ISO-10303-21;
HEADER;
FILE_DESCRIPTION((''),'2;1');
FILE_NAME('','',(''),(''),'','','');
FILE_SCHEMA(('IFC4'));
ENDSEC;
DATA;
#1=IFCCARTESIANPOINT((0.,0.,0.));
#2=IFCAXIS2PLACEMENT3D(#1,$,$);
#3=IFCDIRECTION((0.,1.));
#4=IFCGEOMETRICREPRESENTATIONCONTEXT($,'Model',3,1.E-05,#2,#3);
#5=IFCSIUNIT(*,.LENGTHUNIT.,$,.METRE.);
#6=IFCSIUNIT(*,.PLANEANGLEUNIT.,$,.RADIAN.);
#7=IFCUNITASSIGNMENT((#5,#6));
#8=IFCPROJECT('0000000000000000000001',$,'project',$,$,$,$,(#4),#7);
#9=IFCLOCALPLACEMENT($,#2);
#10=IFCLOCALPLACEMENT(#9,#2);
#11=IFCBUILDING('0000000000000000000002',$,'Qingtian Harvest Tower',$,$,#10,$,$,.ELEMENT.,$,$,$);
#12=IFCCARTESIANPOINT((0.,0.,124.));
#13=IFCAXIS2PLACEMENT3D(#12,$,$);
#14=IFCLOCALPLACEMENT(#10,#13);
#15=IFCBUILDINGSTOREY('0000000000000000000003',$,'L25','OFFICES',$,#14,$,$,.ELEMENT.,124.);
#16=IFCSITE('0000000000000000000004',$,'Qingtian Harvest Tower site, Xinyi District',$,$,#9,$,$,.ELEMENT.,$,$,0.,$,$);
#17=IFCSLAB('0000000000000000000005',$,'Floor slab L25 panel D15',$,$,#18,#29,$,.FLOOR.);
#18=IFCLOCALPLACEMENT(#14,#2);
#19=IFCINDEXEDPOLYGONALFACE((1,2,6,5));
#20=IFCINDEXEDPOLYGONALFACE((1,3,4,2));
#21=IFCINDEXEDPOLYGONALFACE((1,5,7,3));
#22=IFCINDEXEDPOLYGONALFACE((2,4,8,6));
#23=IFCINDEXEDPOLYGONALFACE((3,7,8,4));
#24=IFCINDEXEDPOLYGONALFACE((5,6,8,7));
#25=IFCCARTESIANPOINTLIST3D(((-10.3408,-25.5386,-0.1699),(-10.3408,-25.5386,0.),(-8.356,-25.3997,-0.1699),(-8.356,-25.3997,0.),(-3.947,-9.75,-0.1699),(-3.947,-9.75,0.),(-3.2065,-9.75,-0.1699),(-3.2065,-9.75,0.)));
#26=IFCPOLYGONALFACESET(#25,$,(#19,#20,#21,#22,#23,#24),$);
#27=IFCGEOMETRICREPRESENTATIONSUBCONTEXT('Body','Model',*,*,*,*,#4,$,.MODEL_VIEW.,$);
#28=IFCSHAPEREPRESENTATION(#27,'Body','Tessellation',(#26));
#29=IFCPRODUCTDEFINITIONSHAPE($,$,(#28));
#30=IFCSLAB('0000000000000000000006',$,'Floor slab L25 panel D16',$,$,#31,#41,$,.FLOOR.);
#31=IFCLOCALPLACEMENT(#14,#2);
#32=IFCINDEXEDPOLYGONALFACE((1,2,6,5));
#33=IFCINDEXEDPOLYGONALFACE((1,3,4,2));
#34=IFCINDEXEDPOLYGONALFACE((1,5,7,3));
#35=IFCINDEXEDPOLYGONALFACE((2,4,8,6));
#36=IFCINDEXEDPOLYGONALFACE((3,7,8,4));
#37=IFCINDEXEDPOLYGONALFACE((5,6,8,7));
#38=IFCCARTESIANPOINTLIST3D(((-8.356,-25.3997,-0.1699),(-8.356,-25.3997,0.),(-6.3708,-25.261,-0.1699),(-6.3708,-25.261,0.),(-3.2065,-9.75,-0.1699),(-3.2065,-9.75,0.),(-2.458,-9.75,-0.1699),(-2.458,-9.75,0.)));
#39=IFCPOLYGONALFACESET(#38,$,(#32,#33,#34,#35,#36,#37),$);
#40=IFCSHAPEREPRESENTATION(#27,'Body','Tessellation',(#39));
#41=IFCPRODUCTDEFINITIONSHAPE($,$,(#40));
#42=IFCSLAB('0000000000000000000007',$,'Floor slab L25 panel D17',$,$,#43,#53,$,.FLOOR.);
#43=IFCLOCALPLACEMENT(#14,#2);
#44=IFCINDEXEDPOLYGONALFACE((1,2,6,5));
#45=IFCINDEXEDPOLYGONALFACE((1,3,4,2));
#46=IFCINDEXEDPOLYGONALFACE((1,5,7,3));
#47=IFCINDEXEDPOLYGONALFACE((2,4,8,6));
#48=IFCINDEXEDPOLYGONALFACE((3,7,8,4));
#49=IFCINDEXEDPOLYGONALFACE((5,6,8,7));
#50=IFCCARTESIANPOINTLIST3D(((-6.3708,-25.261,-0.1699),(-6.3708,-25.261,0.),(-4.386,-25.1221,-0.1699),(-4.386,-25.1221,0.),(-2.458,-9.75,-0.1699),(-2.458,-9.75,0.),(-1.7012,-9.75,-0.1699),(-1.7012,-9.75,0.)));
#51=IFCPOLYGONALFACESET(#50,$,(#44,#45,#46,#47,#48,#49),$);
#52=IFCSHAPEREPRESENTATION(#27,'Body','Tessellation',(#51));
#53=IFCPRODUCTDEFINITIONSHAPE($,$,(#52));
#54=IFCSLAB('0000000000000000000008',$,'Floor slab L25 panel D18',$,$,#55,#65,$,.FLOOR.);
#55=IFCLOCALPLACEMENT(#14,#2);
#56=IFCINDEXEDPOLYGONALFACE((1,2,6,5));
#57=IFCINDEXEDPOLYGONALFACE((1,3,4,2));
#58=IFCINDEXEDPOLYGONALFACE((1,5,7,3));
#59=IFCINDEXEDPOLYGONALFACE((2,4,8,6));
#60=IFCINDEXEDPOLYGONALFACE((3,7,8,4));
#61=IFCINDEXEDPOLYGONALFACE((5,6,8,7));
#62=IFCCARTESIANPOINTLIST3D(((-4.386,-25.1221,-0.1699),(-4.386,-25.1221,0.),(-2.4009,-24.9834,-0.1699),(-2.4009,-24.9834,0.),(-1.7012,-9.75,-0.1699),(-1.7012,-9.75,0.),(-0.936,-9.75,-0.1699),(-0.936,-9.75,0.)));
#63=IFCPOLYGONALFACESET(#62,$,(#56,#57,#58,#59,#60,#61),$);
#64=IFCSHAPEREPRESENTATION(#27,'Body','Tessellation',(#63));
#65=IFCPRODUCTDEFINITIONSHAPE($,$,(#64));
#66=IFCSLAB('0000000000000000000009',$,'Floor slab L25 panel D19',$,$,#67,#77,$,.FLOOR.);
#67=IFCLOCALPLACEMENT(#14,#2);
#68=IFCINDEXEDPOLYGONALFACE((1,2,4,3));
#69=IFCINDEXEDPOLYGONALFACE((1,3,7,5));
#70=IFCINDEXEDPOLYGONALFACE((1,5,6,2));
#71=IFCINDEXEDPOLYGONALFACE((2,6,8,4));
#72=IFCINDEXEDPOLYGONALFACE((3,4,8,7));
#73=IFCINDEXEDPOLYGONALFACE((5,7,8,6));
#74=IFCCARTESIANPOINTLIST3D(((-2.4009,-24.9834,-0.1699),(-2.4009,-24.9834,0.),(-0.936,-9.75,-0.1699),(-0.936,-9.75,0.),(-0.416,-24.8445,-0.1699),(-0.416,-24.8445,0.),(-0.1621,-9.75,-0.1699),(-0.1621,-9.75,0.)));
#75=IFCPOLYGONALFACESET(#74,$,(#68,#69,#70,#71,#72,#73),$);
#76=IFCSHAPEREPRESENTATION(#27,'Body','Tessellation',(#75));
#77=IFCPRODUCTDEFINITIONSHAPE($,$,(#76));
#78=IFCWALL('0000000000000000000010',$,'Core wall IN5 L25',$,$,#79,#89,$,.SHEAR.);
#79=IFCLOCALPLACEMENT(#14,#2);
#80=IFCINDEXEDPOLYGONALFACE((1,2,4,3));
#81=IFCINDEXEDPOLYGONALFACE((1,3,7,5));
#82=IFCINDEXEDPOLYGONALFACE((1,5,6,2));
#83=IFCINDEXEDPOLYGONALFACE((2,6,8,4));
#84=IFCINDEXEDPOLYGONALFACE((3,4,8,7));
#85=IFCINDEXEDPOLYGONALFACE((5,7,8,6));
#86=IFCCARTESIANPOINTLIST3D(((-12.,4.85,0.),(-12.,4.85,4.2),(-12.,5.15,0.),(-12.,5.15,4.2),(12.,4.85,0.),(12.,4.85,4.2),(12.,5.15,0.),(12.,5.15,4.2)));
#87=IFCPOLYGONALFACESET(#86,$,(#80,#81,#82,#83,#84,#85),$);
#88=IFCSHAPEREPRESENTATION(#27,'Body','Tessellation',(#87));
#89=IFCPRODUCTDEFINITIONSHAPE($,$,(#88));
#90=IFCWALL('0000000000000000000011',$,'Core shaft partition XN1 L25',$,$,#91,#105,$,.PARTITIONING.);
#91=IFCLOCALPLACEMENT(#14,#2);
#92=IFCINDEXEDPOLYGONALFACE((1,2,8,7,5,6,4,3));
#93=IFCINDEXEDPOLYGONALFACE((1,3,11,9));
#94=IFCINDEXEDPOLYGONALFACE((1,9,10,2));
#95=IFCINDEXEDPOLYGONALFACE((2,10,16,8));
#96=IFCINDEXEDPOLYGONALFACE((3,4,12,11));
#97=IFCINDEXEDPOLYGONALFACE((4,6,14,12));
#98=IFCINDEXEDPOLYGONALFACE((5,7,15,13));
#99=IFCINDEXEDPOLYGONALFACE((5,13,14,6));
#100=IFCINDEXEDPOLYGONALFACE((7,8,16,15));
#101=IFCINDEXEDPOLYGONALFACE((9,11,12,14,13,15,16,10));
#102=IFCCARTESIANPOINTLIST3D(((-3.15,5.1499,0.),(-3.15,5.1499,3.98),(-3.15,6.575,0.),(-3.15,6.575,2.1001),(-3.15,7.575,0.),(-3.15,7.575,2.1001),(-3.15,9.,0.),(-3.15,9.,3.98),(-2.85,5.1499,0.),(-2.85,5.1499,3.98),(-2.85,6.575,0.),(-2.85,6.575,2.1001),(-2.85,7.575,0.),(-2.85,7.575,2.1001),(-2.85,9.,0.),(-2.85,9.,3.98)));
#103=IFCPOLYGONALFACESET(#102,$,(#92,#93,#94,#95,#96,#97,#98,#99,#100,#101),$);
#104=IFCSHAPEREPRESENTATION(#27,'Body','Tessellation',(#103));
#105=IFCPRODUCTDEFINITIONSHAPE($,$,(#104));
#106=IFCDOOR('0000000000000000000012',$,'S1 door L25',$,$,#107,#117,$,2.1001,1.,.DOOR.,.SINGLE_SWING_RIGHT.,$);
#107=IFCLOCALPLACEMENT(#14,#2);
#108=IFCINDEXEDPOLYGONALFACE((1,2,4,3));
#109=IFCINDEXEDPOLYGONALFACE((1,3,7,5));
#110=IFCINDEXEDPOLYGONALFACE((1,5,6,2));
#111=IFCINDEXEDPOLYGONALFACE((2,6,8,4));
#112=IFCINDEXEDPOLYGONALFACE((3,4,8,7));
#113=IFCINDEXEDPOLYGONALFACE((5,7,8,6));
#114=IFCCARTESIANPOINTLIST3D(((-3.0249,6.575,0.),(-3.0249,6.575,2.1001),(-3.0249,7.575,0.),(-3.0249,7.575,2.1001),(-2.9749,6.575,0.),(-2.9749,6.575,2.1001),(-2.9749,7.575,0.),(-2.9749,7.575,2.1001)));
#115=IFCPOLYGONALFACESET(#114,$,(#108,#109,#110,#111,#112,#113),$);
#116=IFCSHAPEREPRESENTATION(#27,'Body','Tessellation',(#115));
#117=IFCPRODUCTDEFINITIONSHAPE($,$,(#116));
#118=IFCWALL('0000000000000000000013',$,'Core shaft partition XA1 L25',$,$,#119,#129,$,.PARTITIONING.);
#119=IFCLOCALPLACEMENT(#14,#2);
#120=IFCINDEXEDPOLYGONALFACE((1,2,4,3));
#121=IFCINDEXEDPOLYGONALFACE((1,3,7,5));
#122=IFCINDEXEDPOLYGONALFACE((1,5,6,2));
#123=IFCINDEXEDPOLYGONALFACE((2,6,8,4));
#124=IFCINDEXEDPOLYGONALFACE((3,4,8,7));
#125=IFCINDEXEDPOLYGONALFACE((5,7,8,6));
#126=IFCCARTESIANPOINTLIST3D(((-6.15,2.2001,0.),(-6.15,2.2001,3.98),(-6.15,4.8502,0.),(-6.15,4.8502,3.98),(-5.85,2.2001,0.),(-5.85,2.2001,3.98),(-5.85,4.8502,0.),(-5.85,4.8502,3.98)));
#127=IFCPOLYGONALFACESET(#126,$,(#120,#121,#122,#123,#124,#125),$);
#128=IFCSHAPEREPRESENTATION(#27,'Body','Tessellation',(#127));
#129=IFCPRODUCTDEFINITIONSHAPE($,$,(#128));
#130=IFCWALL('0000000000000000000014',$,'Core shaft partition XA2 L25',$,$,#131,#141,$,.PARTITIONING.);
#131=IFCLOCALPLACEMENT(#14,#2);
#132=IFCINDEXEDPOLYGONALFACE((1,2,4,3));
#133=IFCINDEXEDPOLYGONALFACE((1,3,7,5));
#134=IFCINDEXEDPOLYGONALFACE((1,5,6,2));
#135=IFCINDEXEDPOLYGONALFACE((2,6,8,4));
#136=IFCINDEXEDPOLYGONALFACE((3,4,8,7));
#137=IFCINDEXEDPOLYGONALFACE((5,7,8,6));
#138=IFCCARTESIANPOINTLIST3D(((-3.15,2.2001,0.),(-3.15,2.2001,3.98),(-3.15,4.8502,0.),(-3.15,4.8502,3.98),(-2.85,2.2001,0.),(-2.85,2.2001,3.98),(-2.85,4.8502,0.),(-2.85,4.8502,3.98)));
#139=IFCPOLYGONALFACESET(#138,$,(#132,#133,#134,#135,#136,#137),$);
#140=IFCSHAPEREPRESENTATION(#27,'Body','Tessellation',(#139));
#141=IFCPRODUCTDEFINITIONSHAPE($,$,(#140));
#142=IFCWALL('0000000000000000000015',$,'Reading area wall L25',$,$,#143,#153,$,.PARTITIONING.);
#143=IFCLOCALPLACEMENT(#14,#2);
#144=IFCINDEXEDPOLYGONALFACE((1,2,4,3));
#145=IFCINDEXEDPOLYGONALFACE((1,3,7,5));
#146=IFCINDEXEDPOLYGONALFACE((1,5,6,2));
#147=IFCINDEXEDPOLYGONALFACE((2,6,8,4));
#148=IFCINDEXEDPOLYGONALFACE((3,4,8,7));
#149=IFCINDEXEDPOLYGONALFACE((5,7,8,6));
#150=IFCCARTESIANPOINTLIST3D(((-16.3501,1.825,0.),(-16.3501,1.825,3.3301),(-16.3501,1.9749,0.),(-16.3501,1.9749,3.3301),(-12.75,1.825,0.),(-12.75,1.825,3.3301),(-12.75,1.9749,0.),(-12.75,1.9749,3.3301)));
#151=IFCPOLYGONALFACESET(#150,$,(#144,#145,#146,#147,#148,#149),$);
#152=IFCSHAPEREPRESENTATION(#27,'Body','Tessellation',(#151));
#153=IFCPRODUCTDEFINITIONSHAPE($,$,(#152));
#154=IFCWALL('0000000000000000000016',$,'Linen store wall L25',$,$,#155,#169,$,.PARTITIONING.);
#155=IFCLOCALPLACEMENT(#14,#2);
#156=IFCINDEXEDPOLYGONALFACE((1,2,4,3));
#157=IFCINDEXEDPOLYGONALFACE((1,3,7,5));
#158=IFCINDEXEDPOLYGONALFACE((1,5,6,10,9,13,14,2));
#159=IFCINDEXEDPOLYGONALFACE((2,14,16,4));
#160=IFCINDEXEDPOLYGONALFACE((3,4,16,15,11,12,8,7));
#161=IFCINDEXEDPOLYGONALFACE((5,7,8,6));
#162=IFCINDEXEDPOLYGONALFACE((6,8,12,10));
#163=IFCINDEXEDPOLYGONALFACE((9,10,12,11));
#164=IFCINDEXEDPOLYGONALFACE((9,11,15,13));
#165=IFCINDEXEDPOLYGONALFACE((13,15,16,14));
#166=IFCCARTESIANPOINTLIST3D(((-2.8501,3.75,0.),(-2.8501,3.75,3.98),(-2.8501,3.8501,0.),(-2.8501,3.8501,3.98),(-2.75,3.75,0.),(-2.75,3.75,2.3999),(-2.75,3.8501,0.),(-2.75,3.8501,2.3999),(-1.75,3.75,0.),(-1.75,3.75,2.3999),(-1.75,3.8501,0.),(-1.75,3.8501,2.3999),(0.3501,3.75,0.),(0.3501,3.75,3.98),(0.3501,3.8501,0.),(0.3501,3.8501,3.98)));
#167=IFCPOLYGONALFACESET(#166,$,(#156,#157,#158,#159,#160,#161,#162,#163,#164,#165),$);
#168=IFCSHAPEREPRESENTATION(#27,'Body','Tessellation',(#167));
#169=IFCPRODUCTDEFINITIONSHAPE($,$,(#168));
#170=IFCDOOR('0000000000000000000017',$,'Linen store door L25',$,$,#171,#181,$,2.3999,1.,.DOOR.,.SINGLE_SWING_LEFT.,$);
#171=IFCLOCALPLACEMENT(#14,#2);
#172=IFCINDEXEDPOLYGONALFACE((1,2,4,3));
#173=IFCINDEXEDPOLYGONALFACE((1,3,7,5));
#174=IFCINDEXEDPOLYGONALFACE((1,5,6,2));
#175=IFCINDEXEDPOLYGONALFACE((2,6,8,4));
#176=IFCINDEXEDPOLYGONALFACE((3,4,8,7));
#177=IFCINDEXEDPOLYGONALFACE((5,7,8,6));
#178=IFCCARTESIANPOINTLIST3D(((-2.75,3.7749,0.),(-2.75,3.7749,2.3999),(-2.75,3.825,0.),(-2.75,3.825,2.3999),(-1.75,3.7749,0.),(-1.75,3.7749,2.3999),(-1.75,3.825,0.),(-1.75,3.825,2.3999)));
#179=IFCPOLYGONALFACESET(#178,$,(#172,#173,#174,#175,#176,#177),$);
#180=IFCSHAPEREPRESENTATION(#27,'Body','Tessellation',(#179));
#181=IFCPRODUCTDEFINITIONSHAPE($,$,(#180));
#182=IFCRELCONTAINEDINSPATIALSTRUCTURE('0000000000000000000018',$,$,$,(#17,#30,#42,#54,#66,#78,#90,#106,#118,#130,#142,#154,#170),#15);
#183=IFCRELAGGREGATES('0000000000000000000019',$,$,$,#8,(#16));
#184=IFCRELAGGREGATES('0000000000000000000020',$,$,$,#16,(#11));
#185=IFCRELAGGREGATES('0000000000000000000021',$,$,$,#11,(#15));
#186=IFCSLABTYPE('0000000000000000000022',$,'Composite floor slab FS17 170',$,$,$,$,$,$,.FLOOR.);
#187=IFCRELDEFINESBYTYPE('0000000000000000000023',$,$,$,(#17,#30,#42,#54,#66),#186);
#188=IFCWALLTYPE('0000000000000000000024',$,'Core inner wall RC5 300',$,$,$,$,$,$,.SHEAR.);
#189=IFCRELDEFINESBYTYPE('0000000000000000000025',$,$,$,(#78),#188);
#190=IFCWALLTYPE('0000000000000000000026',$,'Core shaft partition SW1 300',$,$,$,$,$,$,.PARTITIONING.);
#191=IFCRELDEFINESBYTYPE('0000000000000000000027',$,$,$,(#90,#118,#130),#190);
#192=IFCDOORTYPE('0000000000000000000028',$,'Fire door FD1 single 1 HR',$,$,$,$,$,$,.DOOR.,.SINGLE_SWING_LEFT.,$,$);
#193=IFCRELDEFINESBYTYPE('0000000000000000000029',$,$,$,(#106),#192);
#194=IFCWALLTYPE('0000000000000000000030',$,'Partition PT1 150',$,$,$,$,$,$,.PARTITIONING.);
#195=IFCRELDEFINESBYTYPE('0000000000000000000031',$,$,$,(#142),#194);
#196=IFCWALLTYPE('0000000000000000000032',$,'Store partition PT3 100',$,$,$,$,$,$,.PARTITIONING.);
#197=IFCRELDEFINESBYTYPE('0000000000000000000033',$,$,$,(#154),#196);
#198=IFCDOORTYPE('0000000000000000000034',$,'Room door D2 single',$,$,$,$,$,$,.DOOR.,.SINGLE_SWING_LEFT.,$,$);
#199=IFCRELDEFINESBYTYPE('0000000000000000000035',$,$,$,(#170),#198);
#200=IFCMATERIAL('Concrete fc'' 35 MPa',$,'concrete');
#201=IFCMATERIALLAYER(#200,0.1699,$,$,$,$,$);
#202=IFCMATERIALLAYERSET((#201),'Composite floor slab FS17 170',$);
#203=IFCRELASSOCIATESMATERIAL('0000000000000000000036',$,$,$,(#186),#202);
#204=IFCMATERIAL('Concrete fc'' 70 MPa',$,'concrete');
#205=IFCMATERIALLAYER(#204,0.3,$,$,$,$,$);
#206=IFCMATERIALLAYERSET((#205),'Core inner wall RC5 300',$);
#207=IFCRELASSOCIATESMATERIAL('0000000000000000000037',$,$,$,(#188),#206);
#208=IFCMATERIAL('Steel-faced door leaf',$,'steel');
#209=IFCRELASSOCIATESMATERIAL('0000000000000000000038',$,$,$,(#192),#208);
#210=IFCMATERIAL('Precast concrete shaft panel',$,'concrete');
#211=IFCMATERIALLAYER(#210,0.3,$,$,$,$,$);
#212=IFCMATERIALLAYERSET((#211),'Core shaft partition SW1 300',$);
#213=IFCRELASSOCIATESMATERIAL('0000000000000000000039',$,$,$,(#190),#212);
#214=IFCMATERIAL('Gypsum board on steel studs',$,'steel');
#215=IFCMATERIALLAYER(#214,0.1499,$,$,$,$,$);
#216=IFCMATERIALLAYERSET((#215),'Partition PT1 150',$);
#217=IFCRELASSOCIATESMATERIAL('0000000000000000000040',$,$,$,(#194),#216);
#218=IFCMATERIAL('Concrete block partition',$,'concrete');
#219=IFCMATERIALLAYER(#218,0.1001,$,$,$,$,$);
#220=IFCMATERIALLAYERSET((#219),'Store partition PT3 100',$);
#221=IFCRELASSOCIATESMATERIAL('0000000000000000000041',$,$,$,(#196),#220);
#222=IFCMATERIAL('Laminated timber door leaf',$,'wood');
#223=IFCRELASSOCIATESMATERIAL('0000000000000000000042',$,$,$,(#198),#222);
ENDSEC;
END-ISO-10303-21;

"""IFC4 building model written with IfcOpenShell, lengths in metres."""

from ifc_helpers import new_model, si_unit, direction, frame, frame_2d, origin, place, context, subcontext, project, spatial, polyline, rectangle, outline, extrude, material, layer, layer_set, type_object, element, fill, save


model = new_model("IFC4")

# Units and contexts
model_context = context("Model", 3, precision=1e-05, world=origin(), true_north=direction((0.0, 1.0)))
body_context = subcontext(model_context, "Body", "Model", "MODEL_VIEW")
ifc_project = project(units=[si_unit("LENGTHUNIT", "METRE"), si_unit("PLANEANGLEUNIT", "RADIAN")], contexts=[model_context])

# Site, building, storey
site_placement = place(None, origin())
site = spatial("IfcSite", under=ifc_project, at=site_placement, Name="Qingtian Harvest Tower site, Xinyi District", CompositionType="ELEMENT", RefElevation=0.0)
building_placement = place(site_placement, origin())
building = spatial("IfcBuilding", under=site, at=building_placement, Name="Qingtian Harvest Tower", CompositionType="ELEMENT")
storey_placement = place(building_placement, frame((0.0, 0.0, 124.0)))
storey = spatial("IfcBuildingStorey", under=building, at=storey_placement, Name="L25", Description="OFFICES", CompositionType="ELEMENT", Elevation=124.0)

# Slabs
ifc_material_1 = material(Name="Concrete fc' 35 MPa", Category="concrete")
ifc_layer_1 = layer(ifc_material_1, 0.1699)
ifc_layer_set_1 = layer_set([ifc_layer_1], Name="Composite floor slab FS17 170")
slab_type = type_object("IfcSlabType", Name="Composite floor slab FS17 170", PredefinedType="FLOOR", material=ifc_layer_set_1)
slab_1_placement = place(storey_placement, frame((0.0, 0.0, -0.1699)))
element("IfcSlab", 1, at=slab_1_placement, inside=storey, type_object=slab_type, Name="Floor slab L25 panel D15", PredefinedType="FLOOR", context=body_context, shape_type="SweptSolid", body=[
    extrude(outline(polyline([(-3.2065, -9.75), (-8.356, -25.3997), (-10.3408, -25.5386), (-3.947, -9.75), (-3.2065, -9.75)])), origin(), (0.0, 0.0, 1.0), 0.1699),
])
slab_2_placement = place(storey_placement, frame((0.0, 0.0, -0.1699)))
element("IfcSlab", 2, at=slab_2_placement, inside=storey, type_object=slab_type, Name="Floor slab L25 panel D16", PredefinedType="FLOOR", context=body_context, shape_type="SweptSolid", body=[
    extrude(outline(polyline([(-2.458, -9.75), (-6.3708, -25.261), (-8.356, -25.3997), (-3.2065, -9.75), (-2.458, -9.75)])), origin(), (0.0, 0.0, 1.0), 0.1699),
])
slab_3_placement = place(storey_placement, frame((0.0, 0.0, -0.1699)))
element("IfcSlab", 3, at=slab_3_placement, inside=storey, type_object=slab_type, Name="Floor slab L25 panel D17", PredefinedType="FLOOR", context=body_context, shape_type="SweptSolid", body=[
    extrude(outline(polyline([(-1.7012, -9.75), (-4.386, -25.1221), (-6.3708, -25.261), (-2.458, -9.75), (-1.7012, -9.75)])), origin(), (0.0, 0.0, 1.0), 0.1699),
])
slab_4_placement = place(storey_placement, frame((0.0, 0.0, -0.1699)))
element("IfcSlab", 4, at=slab_4_placement, inside=storey, type_object=slab_type, Name="Floor slab L25 panel D18", PredefinedType="FLOOR", context=body_context, shape_type="SweptSolid", body=[
    extrude(outline(polyline([(-0.936, -9.75), (-2.4009, -24.9834), (-4.386, -25.1221), (-1.7012, -9.75), (-0.936, -9.75)])), origin(), (0.0, 0.0, 1.0), 0.1699),
])
slab_5_placement = place(storey_placement, frame((0.0, 0.0, -0.1699)))
element("IfcSlab", 5, at=slab_5_placement, inside=storey, type_object=slab_type, Name="Floor slab L25 panel D19", PredefinedType="FLOOR", context=body_context, shape_type="SweptSolid", body=[
    extrude(outline(polyline([(-0.1621, -9.75), (-0.416, -24.8445), (-2.4009, -24.9834), (-0.936, -9.75), (-0.1621, -9.75)])), origin(), (0.0, 0.0, 1.0), 0.1699),
])

# Wall
ifc_material_2 = material(Name="Concrete fc' 70 MPa", Category="concrete")
ifc_layer_2 = layer(ifc_material_2, 0.3)
ifc_layer_set_2 = layer_set([ifc_layer_2], Name="Core inner wall RC5 300")
wall_type_1 = type_object("IfcWallType", Name="Core inner wall RC5 300", PredefinedType="SHEAR", material=ifc_layer_set_2)
wall_1_placement = place(storey_placement, frame((-12.0, 5.0, 0.0), z_axis=(0.0, 0.0, 1.0), x_axis=(1.0, 0.0, 0.0)))
element("IfcWall", 6, at=wall_1_placement, inside=storey, type_object=wall_type_1, Name="Core wall IN5 L25", PredefinedType="SHEAR", context=body_context, shape_type="SweptSolid", body=[
    extrude(rectangle(XDim=24.0, YDim=0.3, at=frame_2d((12.0, 0.0))), origin(), (0.0, 0.0, 1.0), 4.2),
])

# Shared definitions
ifc_material_3 = material(Name="Steel-faced door leaf", Category="steel")
door_type_1 = type_object("IfcDoorType", Name="Fire door FD1 single 1 HR", OperationType="SINGLE_SWING_LEFT", PredefinedType="DOOR", material=ifc_material_3)

# Wall, opening, door
ifc_material_4 = material(Name="Precast concrete shaft panel", Category="concrete")
ifc_layer_3 = layer(ifc_material_4, 0.3)
ifc_layer_set_3 = layer_set([ifc_layer_3], Name="Core shaft partition SW1 300")
wall_type_2 = type_object("IfcWallType", Name="Core shaft partition SW1 300", PredefinedType="PARTITIONING", material=ifc_layer_set_3)
wall_2_placement = place(storey_placement, frame((-3.0, 5.1499, 0.0), z_axis=(0.0, 0.0, 1.0), x_axis=(0.0, 1.0, 0.0)))
wall_2 = element("IfcWall", 7, at=wall_2_placement, inside=storey, type_object=wall_type_2, Name="Core shaft partition XN1 L25", PredefinedType="PARTITIONING", context=body_context, shape_type="SweptSolid", body=[
    extrude(rectangle(XDim=3.8501, YDim=0.3, at=frame_2d((1.925, 0.0))), origin(), (0.0, 0.0, 1.0), 3.98),
])
opening_1_placement = place(wall_2_placement, frame((1.425, 0.0, 0.0)))
opening_1 = element("IfcOpeningElement", 8, at=opening_1_placement, cuts=wall_2, PredefinedType="OPENING", context=body_context, shape_type="SweptSolid", body=[
    extrude(rectangle(XDim=1.0, YDim=2.1001, at=frame_2d((0.5, 1.05))), frame((0.0, 0.1599, 0.0), z_axis=(0.0, -1.0, 0.0), x_axis=(1.0, 0.0, 0.0)), (0.0, 0.0, 1.0), 0.3201),
])
door_1_placement = place(opening_1_placement, origin())
door_1 = element("IfcDoor", 9, at=door_1_placement, inside=storey, type_object=door_type_1, Name="S1 door L25", OperationType="SINGLE_SWING_RIGHT", OverallHeight=2.1001, OverallWidth=1.0, PredefinedType="DOOR", context=body_context, shape_type="SweptSolid", body=[
    extrude(rectangle(XDim=1.0, YDim=2.1001, at=frame_2d((0.5, 1.05))), frame((0.0, 0.0249, 0.0), z_axis=(0.0, -1.0, 0.0), x_axis=(1.0, 0.0, 0.0)), (0.0, 0.0, 1.0), 0.05),
])
fill(opening_1, door_1)

# Walls
for number, where, z_axis, x_axis, name in (
    (10, (-6.0, 2.2, 0.0), (0.0, 0.0, 1.0), (0.0, 1.0, 0.0), "Core shaft partition XA1 L25"),
    (11, (-3.0, 2.2, 0.0), (0.0, 0.0, 1.0), (0.0, 1.0, 0.0), "Core shaft partition XA2 L25"),
):
    element("IfcWall", number, at=place(storey_placement, frame(where, z_axis=z_axis, x_axis=x_axis)), inside=storey, type_object=wall_type_2, Name=name, PredefinedType="PARTITIONING", context=body_context, shape_type="SweptSolid", body=[
        extrude(rectangle(XDim=2.6501, YDim=0.3, at=frame_2d((1.3252, 0.0))), origin(), (0.0, 0.0, 1.0), 3.98),
    ])
ifc_material_5 = material(Name="Gypsum board on steel studs", Category="steel")
ifc_layer_4 = layer(ifc_material_5, 0.1499)
ifc_layer_set_4 = layer_set([ifc_layer_4], Name="Partition PT1 150")
wall_type_3 = type_object("IfcWallType", Name="Partition PT1 150", PredefinedType="PARTITIONING", material=ifc_layer_set_4)
wall_3_placement = place(storey_placement, frame((-12.75, 1.8999, 0.0), z_axis=(0.0, 0.0, 1.0), x_axis=(-1.0, 0.0, 0.0)))
element("IfcWall", 12, at=wall_3_placement, inside=storey, type_object=wall_type_3, Name="Reading area wall L25", PredefinedType="PARTITIONING", context=body_context, shape_type="SweptSolid", body=[
    extrude(rectangle(XDim=3.6001, YDim=0.1499, at=frame_2d((1.8, 0.0))), origin(), (0.0, 0.0, 1.0), 3.3301),
])

# Wall, opening, door
ifc_material_6 = material(Name="Concrete block partition", Category="concrete")
ifc_layer_5 = layer(ifc_material_6, 0.1001)
ifc_layer_set_5 = layer_set([ifc_layer_5], Name="Store partition PT3 100")
wall_type_4 = type_object("IfcWallType", Name="Store partition PT3 100", PredefinedType="PARTITIONING", material=ifc_layer_set_5)
wall_4_placement = place(storey_placement, frame((-2.8501, 3.8, 0.0), z_axis=(0.0, 0.0, 1.0), x_axis=(1.0, 0.0, 0.0)))
wall_4 = element("IfcWall", 13, at=wall_4_placement, inside=storey, type_object=wall_type_4, Name="Linen store wall L25", PredefinedType="PARTITIONING", context=body_context, shape_type="SweptSolid", body=[
    extrude(rectangle(XDim=3.2002, YDim=0.1001, at=frame_2d((1.6001, 0.0))), origin(), (0.0, 0.0, 1.0), 3.98),
])
opening_2_placement = place(wall_4_placement, frame((0.1001, 0.0, 0.0)))
opening_2 = element("IfcOpeningElement", 14, at=opening_2_placement, cuts=wall_4, PredefinedType="OPENING", context=body_context, shape_type="SweptSolid", body=[
    extrude(rectangle(XDim=1.0, YDim=2.3999, at=frame_2d((0.5, 1.2))), frame((0.0, 0.0601, 0.0), z_axis=(0.0, -1.0, 0.0), x_axis=(1.0, 0.0, 0.0)), (0.0, 0.0, 1.0), 0.1201),
])
ifc_material_7 = material(Name="Laminated timber door leaf", Category="wood")
door_type_2 = type_object("IfcDoorType", Name="Room door D2 single", OperationType="SINGLE_SWING_LEFT", PredefinedType="DOOR", material=ifc_material_7)
door_2_placement = place(opening_2_placement, origin())
door_2 = element("IfcDoor", 15, at=door_2_placement, inside=storey, type_object=door_type_2, Name="Linen store door L25", OperationType="SINGLE_SWING_LEFT", OverallHeight=2.3999, OverallWidth=1.0, PredefinedType="DOOR", context=body_context, shape_type="SweptSolid", body=[
    extrude(rectangle(XDim=1.0, YDim=2.3999, at=frame_2d((0.5, 1.2))), frame((0.0, 0.0249, 0.0), z_axis=(0.0, -1.0, 0.0), x_axis=(1.0, 0.0, 0.0)), (0.0, 0.0, 1.0), 0.05),
])
fill(opening_2, door_2)

save(model, "model.ifc")
